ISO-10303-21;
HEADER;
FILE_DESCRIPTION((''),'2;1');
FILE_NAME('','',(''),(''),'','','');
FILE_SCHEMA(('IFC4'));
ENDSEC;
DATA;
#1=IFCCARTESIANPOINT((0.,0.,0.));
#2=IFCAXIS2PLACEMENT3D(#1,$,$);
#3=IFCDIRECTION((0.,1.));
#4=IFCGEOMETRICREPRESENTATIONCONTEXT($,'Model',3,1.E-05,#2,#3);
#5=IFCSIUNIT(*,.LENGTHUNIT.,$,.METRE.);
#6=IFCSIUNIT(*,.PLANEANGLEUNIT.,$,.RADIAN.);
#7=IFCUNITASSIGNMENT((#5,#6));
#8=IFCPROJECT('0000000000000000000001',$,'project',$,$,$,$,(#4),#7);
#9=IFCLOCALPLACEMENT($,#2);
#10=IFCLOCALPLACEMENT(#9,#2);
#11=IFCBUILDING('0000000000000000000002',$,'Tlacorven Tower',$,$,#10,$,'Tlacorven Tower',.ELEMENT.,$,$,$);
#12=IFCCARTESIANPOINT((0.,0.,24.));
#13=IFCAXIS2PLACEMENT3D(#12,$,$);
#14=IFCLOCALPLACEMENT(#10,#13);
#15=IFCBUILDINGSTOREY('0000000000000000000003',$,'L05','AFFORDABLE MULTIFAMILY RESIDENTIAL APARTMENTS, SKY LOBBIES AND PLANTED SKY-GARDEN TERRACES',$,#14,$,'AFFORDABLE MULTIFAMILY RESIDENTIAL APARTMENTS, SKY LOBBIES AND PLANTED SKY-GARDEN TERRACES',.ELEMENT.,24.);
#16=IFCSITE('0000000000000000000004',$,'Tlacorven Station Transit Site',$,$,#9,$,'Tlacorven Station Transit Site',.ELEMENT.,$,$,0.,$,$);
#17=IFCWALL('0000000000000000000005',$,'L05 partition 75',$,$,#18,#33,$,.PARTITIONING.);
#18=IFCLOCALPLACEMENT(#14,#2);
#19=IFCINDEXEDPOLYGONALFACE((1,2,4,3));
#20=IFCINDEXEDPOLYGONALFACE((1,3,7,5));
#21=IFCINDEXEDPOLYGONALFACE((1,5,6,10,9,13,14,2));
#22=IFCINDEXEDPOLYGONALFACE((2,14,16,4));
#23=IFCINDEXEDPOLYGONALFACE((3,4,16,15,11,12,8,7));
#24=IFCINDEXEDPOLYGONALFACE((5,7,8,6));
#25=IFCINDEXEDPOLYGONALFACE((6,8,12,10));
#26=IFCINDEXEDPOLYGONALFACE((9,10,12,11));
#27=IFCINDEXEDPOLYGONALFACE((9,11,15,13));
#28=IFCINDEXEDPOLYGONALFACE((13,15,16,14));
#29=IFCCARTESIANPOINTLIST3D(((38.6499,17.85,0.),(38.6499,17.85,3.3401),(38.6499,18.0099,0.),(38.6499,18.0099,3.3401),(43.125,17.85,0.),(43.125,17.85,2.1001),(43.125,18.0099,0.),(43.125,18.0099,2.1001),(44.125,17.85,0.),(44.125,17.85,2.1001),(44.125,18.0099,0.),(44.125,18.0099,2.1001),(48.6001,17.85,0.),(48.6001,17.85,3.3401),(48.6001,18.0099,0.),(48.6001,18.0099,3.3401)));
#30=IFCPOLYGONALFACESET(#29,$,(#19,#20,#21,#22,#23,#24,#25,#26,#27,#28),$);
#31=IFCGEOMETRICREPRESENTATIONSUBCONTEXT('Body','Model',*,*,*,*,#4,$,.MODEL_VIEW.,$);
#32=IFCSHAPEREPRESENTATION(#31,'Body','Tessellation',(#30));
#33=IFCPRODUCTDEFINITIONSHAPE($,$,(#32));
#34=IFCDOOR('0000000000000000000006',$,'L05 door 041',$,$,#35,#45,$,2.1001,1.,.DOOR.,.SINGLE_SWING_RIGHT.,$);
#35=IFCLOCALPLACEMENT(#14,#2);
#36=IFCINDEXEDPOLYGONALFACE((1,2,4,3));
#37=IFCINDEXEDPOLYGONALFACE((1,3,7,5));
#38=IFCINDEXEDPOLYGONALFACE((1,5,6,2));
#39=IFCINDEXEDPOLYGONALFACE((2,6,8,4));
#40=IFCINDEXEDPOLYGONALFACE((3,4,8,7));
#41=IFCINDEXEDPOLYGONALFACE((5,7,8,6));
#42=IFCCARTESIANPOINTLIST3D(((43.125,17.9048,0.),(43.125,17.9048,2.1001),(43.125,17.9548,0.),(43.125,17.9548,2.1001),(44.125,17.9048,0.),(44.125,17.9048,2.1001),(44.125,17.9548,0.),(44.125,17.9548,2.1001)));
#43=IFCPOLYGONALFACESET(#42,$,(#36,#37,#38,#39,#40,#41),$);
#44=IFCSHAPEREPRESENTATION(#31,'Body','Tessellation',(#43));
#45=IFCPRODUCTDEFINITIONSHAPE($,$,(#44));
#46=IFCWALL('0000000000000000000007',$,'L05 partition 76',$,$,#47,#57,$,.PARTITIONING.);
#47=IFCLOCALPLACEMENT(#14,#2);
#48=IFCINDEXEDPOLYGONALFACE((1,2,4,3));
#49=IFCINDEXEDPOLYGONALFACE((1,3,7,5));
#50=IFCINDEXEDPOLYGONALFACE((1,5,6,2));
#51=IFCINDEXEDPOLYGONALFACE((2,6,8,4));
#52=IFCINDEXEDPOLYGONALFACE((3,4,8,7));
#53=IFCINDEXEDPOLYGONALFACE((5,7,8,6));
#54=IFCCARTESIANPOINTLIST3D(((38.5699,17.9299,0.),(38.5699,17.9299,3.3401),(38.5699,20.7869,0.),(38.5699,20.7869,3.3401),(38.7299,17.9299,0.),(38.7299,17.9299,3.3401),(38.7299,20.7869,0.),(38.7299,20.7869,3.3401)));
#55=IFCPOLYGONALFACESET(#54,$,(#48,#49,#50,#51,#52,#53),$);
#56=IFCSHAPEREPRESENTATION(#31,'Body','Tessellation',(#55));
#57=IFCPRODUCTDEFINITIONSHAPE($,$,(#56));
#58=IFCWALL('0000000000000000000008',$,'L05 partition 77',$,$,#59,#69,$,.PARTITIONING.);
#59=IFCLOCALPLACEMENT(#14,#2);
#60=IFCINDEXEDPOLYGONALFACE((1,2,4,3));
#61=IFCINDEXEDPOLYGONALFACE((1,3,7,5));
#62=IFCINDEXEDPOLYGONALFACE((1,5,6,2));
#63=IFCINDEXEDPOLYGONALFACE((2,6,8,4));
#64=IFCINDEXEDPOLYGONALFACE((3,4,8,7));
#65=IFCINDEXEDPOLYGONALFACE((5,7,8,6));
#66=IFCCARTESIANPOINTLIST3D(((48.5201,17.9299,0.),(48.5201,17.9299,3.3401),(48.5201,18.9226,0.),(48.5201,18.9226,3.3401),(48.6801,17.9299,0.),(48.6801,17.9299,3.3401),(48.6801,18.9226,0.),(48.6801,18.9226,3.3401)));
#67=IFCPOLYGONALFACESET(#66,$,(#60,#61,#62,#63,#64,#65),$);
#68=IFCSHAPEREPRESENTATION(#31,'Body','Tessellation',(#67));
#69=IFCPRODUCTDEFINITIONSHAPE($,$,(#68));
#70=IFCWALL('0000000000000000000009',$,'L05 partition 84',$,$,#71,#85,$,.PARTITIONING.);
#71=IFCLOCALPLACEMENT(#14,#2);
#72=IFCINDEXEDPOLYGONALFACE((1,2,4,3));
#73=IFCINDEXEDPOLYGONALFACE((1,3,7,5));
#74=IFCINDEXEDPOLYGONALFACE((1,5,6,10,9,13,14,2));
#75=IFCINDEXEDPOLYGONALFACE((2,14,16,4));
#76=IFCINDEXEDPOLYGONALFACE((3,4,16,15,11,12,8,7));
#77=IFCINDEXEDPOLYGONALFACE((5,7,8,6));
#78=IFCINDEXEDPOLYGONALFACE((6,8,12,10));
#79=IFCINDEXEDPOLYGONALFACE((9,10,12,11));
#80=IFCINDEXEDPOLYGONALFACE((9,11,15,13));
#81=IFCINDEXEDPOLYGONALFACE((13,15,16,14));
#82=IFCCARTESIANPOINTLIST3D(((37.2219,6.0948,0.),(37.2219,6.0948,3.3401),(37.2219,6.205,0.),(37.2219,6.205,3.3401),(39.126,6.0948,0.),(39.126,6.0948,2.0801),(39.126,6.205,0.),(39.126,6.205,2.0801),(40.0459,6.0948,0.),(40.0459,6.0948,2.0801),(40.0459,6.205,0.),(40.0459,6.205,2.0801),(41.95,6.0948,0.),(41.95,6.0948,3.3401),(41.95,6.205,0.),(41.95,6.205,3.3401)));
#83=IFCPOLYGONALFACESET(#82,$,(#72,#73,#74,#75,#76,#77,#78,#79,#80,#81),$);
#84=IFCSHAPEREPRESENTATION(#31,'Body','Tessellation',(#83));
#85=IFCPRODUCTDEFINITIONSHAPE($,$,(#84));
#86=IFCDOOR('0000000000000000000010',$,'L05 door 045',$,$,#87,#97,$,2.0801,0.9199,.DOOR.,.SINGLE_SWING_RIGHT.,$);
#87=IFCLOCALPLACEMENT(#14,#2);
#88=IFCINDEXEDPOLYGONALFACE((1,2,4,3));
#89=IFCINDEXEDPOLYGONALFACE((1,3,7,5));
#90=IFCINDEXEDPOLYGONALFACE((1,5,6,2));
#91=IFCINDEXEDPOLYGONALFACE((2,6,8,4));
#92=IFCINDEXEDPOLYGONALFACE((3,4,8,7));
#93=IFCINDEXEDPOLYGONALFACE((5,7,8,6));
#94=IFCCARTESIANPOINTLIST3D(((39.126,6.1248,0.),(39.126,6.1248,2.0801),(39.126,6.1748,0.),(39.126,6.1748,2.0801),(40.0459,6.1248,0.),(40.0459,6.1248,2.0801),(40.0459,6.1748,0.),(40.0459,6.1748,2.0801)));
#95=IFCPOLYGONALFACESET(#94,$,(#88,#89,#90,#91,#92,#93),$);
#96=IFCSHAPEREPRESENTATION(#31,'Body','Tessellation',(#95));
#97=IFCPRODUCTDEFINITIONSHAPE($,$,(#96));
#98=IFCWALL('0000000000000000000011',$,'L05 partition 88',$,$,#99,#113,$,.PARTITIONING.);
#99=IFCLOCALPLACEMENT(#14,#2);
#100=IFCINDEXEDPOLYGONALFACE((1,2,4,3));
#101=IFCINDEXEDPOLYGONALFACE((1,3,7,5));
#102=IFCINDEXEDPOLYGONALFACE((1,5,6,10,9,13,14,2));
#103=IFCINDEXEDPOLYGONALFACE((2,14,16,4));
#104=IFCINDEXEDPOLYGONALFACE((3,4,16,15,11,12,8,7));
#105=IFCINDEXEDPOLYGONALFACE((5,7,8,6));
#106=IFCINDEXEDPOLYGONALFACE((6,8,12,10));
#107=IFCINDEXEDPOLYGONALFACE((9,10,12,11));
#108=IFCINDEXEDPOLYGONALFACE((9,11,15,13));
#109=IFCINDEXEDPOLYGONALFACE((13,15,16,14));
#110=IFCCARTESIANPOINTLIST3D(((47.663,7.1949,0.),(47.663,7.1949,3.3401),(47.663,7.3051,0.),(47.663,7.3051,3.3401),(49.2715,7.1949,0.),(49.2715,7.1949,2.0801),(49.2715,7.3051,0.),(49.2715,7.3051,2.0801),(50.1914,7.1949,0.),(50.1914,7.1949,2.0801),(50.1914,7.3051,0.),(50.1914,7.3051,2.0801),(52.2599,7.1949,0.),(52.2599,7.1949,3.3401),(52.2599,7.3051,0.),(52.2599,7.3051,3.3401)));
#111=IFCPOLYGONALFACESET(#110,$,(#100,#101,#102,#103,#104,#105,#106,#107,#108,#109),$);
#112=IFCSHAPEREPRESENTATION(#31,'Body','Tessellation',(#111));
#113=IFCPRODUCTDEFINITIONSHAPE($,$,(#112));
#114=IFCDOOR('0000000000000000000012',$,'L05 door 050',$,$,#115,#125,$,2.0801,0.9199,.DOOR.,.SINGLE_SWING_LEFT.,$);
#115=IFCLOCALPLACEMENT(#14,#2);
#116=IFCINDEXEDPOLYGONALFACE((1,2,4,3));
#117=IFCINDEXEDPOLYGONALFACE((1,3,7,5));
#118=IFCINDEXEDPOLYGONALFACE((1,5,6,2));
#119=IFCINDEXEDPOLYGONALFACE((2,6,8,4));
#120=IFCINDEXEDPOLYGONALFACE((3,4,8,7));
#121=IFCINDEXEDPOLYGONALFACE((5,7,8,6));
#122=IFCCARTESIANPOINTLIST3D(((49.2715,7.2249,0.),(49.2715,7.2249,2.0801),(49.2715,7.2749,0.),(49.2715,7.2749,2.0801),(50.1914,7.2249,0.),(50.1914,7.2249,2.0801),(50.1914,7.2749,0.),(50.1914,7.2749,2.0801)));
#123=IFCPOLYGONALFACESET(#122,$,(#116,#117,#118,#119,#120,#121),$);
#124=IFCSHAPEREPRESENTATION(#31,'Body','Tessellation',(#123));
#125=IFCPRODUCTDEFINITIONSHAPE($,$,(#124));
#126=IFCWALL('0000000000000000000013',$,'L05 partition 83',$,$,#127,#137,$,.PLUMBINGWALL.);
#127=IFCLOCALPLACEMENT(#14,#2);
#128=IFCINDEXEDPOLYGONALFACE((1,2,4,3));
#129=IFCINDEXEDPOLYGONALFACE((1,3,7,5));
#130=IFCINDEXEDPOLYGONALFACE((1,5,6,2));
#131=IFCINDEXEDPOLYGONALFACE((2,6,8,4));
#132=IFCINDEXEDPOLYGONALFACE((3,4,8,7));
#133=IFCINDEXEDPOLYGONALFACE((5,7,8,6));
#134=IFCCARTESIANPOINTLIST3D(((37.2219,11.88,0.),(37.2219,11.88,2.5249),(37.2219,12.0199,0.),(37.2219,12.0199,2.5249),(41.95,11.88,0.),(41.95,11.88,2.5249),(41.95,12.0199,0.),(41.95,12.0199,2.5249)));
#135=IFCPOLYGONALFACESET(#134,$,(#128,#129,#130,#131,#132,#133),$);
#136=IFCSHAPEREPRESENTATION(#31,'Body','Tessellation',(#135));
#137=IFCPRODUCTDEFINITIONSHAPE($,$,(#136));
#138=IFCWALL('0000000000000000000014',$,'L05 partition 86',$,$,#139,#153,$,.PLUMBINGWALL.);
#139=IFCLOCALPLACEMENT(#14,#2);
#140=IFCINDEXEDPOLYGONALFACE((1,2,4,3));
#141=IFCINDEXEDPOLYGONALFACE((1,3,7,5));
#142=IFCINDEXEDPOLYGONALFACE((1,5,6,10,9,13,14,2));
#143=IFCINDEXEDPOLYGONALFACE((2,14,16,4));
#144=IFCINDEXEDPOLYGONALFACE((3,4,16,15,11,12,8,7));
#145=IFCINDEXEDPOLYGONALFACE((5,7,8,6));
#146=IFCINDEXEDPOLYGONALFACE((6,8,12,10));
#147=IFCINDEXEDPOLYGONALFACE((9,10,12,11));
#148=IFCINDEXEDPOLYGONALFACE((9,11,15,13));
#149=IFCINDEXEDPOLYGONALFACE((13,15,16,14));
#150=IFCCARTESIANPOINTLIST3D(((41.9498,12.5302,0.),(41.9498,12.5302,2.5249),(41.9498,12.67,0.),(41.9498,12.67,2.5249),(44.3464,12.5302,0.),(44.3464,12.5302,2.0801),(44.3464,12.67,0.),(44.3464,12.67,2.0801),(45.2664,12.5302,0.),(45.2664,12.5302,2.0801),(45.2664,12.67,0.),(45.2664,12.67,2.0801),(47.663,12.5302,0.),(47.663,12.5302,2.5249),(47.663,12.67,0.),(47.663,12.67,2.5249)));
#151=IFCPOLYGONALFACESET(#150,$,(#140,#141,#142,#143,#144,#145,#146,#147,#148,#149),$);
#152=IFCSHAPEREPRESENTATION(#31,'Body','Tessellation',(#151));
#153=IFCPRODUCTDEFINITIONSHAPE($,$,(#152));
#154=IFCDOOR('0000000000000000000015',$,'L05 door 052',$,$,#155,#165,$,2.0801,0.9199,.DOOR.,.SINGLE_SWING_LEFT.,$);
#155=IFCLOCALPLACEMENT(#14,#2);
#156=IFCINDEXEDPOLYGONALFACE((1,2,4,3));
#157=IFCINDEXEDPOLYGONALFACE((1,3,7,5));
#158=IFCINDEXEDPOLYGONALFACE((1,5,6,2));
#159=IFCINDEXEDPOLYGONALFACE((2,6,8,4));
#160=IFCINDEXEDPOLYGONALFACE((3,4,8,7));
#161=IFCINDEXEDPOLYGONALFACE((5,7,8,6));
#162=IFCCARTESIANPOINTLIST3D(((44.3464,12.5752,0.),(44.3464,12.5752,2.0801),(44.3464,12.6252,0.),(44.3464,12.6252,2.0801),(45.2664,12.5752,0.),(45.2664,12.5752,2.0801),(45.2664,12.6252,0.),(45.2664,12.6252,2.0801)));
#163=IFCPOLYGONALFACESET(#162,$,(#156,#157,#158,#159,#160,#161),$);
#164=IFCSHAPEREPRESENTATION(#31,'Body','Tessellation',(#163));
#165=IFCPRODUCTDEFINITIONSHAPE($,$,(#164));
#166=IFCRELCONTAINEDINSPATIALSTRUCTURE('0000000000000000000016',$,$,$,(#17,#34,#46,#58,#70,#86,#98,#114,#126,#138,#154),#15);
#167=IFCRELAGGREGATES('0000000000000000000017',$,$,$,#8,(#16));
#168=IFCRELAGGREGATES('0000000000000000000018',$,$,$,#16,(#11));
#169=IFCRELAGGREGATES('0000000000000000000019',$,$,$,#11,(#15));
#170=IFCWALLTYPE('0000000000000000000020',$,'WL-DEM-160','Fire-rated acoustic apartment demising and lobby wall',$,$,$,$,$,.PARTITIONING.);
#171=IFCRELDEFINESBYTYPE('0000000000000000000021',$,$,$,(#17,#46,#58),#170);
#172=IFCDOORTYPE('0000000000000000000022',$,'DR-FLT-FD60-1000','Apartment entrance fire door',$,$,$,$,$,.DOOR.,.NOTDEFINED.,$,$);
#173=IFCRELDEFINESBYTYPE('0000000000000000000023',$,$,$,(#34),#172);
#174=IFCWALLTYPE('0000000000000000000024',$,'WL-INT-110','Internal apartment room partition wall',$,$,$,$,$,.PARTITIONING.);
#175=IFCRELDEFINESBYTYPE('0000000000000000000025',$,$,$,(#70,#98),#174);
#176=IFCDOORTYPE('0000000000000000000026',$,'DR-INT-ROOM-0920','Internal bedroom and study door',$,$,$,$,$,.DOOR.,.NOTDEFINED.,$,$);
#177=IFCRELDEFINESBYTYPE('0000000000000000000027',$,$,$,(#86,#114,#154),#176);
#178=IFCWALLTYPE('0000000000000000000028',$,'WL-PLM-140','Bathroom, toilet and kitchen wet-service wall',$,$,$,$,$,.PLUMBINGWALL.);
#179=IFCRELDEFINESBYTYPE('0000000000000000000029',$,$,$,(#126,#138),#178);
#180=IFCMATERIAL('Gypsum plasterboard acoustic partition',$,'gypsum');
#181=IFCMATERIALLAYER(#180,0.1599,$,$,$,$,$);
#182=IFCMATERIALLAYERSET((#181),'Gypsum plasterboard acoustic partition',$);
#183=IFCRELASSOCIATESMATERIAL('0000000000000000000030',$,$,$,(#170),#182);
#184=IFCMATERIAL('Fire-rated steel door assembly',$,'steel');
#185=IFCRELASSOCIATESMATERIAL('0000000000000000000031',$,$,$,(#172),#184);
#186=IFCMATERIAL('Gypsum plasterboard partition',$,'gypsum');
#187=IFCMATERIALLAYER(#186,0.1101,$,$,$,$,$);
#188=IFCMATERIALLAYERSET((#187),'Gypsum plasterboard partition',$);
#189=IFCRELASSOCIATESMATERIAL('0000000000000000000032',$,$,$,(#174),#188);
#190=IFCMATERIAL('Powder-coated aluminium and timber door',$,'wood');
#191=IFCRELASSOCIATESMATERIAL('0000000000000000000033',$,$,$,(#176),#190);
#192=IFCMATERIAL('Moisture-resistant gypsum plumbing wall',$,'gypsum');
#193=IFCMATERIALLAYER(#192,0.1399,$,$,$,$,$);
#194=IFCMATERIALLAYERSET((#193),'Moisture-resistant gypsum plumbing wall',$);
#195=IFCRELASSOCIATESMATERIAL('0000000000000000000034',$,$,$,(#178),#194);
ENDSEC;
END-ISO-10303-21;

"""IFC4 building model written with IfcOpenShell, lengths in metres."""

from ifc_helpers import new_model, si_unit, direction, frame, frame_2d, origin, place, context, subcontext, project, spatial, rectangle, extrude, source, transform, mapped, material, layer, layer_set, type_object, element, fill, save


model = new_model("IFC4")

# Units and contexts
model_context = context("Model", 3, precision=1e-05, world=origin(), true_north=direction((0.0, 1.0)))
body_context = subcontext(model_context, "Body", "Model", "MODEL_VIEW")
ifc_project = project(units=[si_unit("LENGTHUNIT", "METRE"), si_unit("PLANEANGLEUNIT", "RADIAN")], contexts=[model_context])

# Site, building, storey
site_placement = place(None, origin())
site = spatial("IfcSite", under=ifc_project, at=site_placement, Name="Tlacorven Station Transit Site", LongName="Tlacorven Station Transit Site", CompositionType="ELEMENT", RefElevation=0.0)
building_placement = place(site_placement, origin())
building = spatial("IfcBuilding", under=site, at=building_placement, Name="Tlacorven Tower", LongName="Tlacorven Tower", CompositionType="ELEMENT")
storey_placement = place(building_placement, frame((0.0, 0.0, 24.0)))
storey = spatial("IfcBuildingStorey", under=building, at=storey_placement, Name="L05", Description="AFFORDABLE MULTIFAMILY RESIDENTIAL APARTMENTS, SKY LOBBIES AND PLANTED SKY-GARDEN TERRACES", LongName="AFFORDABLE MULTIFAMILY RESIDENTIAL APARTMENTS, SKY LOBBIES AND PLANTED SKY-GARDEN TERRACES", CompositionType="ELEMENT", Elevation=24.0)

# Shared definitions
ifc_material_1 = material(Name="Gypsum plasterboard acoustic partition", Category="gypsum")
ifc_layer_1 = layer(ifc_material_1, 0.1599)
ifc_layer_set_1 = layer_set([ifc_layer_1], Name="Gypsum plasterboard acoustic partition")
wall_type_1 = type_object("IfcWallType", Name="WL-DEM-160", Description="Fire-rated acoustic apartment demising and lobby wall", PredefinedType="PARTITIONING", material=ifc_layer_set_1)

# Wall, opening, door
wall_1_placement = place(storey_placement, frame((38.6499, 17.9299, 0.0), z_axis=(0.0, 0.0, 1.0), x_axis=(1.0, 0.0, 0.0)))
wall_1 = element("IfcWall", 1, at=wall_1_placement, inside=storey, type_object=wall_type_1, Name="L05 partition 75", PredefinedType="PARTITIONING", context=body_context, shape_type="SweptSolid", body=[
    extrude(rectangle(XDim=9.9502, YDim=0.1599, at=frame_2d((4.9751, 0.0))), origin(), (0.0, 0.0, 1.0), 3.3401),
])
opening_1_placement = place(wall_1_placement, frame((4.4751, 0.0, 0.0)))
opening_1 = element("IfcOpeningElement", 2, at=opening_1_placement, cuts=wall_1, PredefinedType="OPENING", context=body_context, shape_type="SweptSolid", body=[
    extrude(rectangle(XDim=1.0, YDim=2.1001, at=frame_2d((0.5, 1.05))), frame((0.0, 0.0898, 0.0), z_axis=(0.0, -1.0, 0.0), x_axis=(1.0, 0.0, 0.0)), (0.0, 0.0, 1.0), 0.1799),
])
ifc_material_2 = material(Name="Fire-rated steel door assembly", Category="steel")
door_type_1 = type_object("IfcDoorType", Name="DR-FLT-FD60-1000", Description="Apartment entrance fire door", OperationType="NOTDEFINED", PredefinedType="DOOR", material=ifc_material_2)
shared_shape_1 = source(origin(), body_context, "Body", "SweptSolid", [
    extrude(rectangle(XDim=1.0, YDim=2.1001, at=frame_2d((0.5, 1.05))), frame((0.0, 0.0249, 0.0), z_axis=(0.0, -1.0, 0.0), x_axis=(1.0, 0.0, 0.0)), (0.0, 0.0, 1.0), 0.05),
])
door_1_placement = place(opening_1_placement, origin())
door_1 = element("IfcDoor", 3, at=door_1_placement, inside=storey, type_object=door_type_1, Name="L05 door 041", OperationType="SINGLE_SWING_RIGHT", OverallHeight=2.1001, OverallWidth=1.0, PredefinedType="DOOR", context=body_context, shape_type="MappedRepresentation", body=[
    mapped(shared_shape_1, transform((0.0, 0.0, 0.0), scale=1.0)),
])
fill(opening_1, door_1)

# Walls
wall_2_placement = place(storey_placement, frame((38.6499, 17.9299, 0.0), z_axis=(0.0, 0.0, 1.0), x_axis=(0.0, 1.0, 0.0)))
element("IfcWall", 4, at=wall_2_placement, inside=storey, type_object=wall_type_1, Name="L05 partition 76", PredefinedType="PARTITIONING", context=body_context, shape_type="SweptSolid", body=[
    extrude(rectangle(XDim=2.8569, YDim=0.1599, at=frame_2d((1.4285, 0.0))), origin(), (0.0, 0.0, 1.0), 3.3401),
])
wall_3_placement = place(storey_placement, frame((48.6001, 17.9299, 0.0), z_axis=(0.0, 0.0, 1.0), x_axis=(0.0, 1.0, 0.0)))
element("IfcWall", 5, at=wall_3_placement, inside=storey, type_object=wall_type_1, Name="L05 partition 77", PredefinedType="PARTITIONING", context=body_context, shape_type="SweptSolid", body=[
    extrude(rectangle(XDim=0.9927, YDim=0.1599, at=frame_2d((0.4963, 0.0))), origin(), (0.0, 0.0, 1.0), 3.3401),
])

# Walls, openings, doors
ifc_material_3 = material(Name="Gypsum plasterboard partition", Category="gypsum")
ifc_layer_2 = layer(ifc_material_3, 0.1101)
ifc_layer_set_2 = layer_set([ifc_layer_2], Name="Gypsum plasterboard partition")
wall_type_2 = type_object("IfcWallType", Name="WL-INT-110", Description="Internal apartment room partition wall", PredefinedType="PARTITIONING", material=ifc_layer_set_2)
wall_4_placement = place(storey_placement, frame((37.2219, 6.1499, 0.0), z_axis=(0.0, 0.0, 1.0), x_axis=(1.0, 0.0, 0.0)))
wall_4 = element("IfcWall", 6, at=wall_4_placement, inside=storey, type_object=wall_type_2, Name="L05 partition 84", PredefinedType="PARTITIONING", context=body_context, shape_type="SweptSolid", body=[
    extrude(rectangle(XDim=4.728, YDim=0.1101, at=frame_2d((2.364, 0.0))), origin(), (0.0, 0.0, 1.0), 3.3401),
])
opening_2_placement = place(wall_4_placement, frame((1.9041, 0.0, 0.0)))
opening_2 = element("IfcOpeningElement", 7, at=opening_2_placement, cuts=wall_4, PredefinedType="OPENING", context=body_context, shape_type="SweptSolid", body=[
    extrude(rectangle(XDim=0.9199, YDim=2.0801, at=frame_2d((0.46, 1.04))), frame((0.0, 0.0649, 0.0), z_axis=(0.0, -1.0, 0.0), x_axis=(1.0, 0.0, 0.0)), (0.0, 0.0, 1.0), 0.1301),
])
ifc_material_4 = material(Name="Powder-coated aluminium and timber door", Category="wood")
door_type_2 = type_object("IfcDoorType", Name="DR-INT-ROOM-0920", Description="Internal bedroom and study door", OperationType="NOTDEFINED", PredefinedType="DOOR", material=ifc_material_4)
shared_shape_2 = source(origin(), body_context, "Body", "SweptSolid", [
    extrude(rectangle(XDim=0.9199, YDim=2.0801, at=frame_2d((0.46, 1.04))), frame((0.0, 0.0249, 0.0), z_axis=(0.0, -1.0, 0.0), x_axis=(1.0, 0.0, 0.0)), (0.0, 0.0, 1.0), 0.05),
])
door_2_placement = place(opening_2_placement, origin())
door_2 = element("IfcDoor", 8, at=door_2_placement, inside=storey, type_object=door_type_2, Name="L05 door 045", OperationType="SINGLE_SWING_RIGHT", OverallHeight=2.0801, OverallWidth=0.9199, PredefinedType="DOOR", context=body_context, shape_type="MappedRepresentation", body=[
    mapped(shared_shape_2, transform((0.0, 0.0, 0.0), scale=1.0)),
])
fill(opening_2, door_2)
wall_5_placement = place(storey_placement, frame((47.6631, 7.25, 0.0), z_axis=(0.0, 0.0, 1.0), x_axis=(1.0, 0.0, 0.0)))
wall_5 = element("IfcWall", 9, at=wall_5_placement, inside=storey, type_object=wall_type_2, Name="L05 partition 88", PredefinedType="PARTITIONING", context=body_context, shape_type="SweptSolid", body=[
    extrude(rectangle(XDim=4.5969, YDim=0.1101, at=frame_2d((2.2983, 0.0))), origin(), (0.0, 0.0, 1.0), 3.3401),
])
opening_3_placement = place(wall_5_placement, frame((1.6084, 0.0, 0.0)))
opening_3 = element("IfcOpeningElement", 10, at=opening_3_placement, cuts=wall_5, PredefinedType="OPENING", context=body_context, shape_type="SweptSolid", body=[
    extrude(rectangle(XDim=0.9199, YDim=2.0801, at=frame_2d((0.46, 1.04))), frame((0.0, 0.0649, 0.0), z_axis=(0.0, -1.0, 0.0), x_axis=(1.0, 0.0, 0.0)), (0.0, 0.0, 1.0), 0.1301),
])
door_3_placement = place(opening_3_placement, origin())
door_3 = element("IfcDoor", 11, at=door_3_placement, inside=storey, type_object=door_type_2, Name="L05 door 050", OperationType="SINGLE_SWING_LEFT", OverallHeight=2.0801, OverallWidth=0.9199, PredefinedType="DOOR", context=body_context, shape_type="MappedRepresentation", body=[
    mapped(shared_shape_2, transform((0.0, 0.0, 0.0), scale=1.0)),
])
fill(opening_3, door_3)

# Wall
ifc_material_5 = material(Name="Moisture-resistant gypsum plumbing wall", Category="gypsum")
ifc_layer_3 = layer(ifc_material_5, 0.1399)
ifc_layer_set_3 = layer_set([ifc_layer_3], Name="Moisture-resistant gypsum plumbing wall")
wall_type_3 = type_object("IfcWallType", Name="WL-PLM-140", Description="Bathroom, toilet and kitchen wet-service wall", PredefinedType="PLUMBINGWALL", material=ifc_layer_set_3)
wall_6_placement = place(storey_placement, frame((37.2219, 11.95, 0.0), z_axis=(0.0, 0.0, 1.0), x_axis=(1.0, 0.0, 0.0)))
element("IfcWall", 12, at=wall_6_placement, inside=storey, type_object=wall_type_3, Name="L05 partition 83", PredefinedType="PLUMBINGWALL", context=body_context, shape_type="SweptSolid", body=[
    extrude(rectangle(XDim=4.728, YDim=0.1399, at=frame_2d((2.364, 0.0))), origin(), (0.0, 0.0, 1.0), 2.5249),
])

# Wall, opening, door
wall_7_placement = place(storey_placement, frame((41.95, 12.6001, 0.0), z_axis=(0.0, 0.0, 1.0), x_axis=(1.0, 0.0, 0.0)))
wall_7 = element("IfcWall", 13, at=wall_7_placement, inside=storey, type_object=wall_type_3, Name="L05 partition 86", PredefinedType="PLUMBINGWALL", context=body_context, shape_type="SweptSolid", body=[
    extrude(rectangle(XDim=5.7131, YDim=0.1399, at=frame_2d((2.8564, 0.0))), origin(), (0.0, 0.0, 1.0), 2.5249),
])
opening_4_placement = place(wall_7_placement, frame((2.3965, 0.0, 0.0)))
opening_4 = element("IfcOpeningElement", 14, at=opening_4_placement, cuts=wall_7, PredefinedType="OPENING", context=body_context, shape_type="SweptSolid", body=[
    extrude(rectangle(XDim=0.9199, YDim=2.0801, at=frame_2d((0.46, 1.04))), frame((0.0, 0.0801, 0.0), z_axis=(0.0, -1.0, 0.0), x_axis=(1.0, 0.0, 0.0)), (0.0, 0.0, 1.0), 0.1599),
])
door_4_placement = place(opening_4_placement, frame((0.9199, 0.0, 0.0), z_axis=(0.0, 0.0, 1.0), x_axis=(-1.0, 0.0, 0.0)))
door_4 = element("IfcDoor", 15, at=door_4_placement, inside=storey, type_object=door_type_2, Name="L05 door 052", OperationType="SINGLE_SWING_LEFT", OverallHeight=2.0801, OverallWidth=0.9199, PredefinedType="DOOR", context=body_context, shape_type="MappedRepresentation", body=[
    mapped(shared_shape_2, transform((0.0, 0.0, 0.0), scale=1.0)),
])
fill(opening_4, door_4)

save(model, "model.ifc")
